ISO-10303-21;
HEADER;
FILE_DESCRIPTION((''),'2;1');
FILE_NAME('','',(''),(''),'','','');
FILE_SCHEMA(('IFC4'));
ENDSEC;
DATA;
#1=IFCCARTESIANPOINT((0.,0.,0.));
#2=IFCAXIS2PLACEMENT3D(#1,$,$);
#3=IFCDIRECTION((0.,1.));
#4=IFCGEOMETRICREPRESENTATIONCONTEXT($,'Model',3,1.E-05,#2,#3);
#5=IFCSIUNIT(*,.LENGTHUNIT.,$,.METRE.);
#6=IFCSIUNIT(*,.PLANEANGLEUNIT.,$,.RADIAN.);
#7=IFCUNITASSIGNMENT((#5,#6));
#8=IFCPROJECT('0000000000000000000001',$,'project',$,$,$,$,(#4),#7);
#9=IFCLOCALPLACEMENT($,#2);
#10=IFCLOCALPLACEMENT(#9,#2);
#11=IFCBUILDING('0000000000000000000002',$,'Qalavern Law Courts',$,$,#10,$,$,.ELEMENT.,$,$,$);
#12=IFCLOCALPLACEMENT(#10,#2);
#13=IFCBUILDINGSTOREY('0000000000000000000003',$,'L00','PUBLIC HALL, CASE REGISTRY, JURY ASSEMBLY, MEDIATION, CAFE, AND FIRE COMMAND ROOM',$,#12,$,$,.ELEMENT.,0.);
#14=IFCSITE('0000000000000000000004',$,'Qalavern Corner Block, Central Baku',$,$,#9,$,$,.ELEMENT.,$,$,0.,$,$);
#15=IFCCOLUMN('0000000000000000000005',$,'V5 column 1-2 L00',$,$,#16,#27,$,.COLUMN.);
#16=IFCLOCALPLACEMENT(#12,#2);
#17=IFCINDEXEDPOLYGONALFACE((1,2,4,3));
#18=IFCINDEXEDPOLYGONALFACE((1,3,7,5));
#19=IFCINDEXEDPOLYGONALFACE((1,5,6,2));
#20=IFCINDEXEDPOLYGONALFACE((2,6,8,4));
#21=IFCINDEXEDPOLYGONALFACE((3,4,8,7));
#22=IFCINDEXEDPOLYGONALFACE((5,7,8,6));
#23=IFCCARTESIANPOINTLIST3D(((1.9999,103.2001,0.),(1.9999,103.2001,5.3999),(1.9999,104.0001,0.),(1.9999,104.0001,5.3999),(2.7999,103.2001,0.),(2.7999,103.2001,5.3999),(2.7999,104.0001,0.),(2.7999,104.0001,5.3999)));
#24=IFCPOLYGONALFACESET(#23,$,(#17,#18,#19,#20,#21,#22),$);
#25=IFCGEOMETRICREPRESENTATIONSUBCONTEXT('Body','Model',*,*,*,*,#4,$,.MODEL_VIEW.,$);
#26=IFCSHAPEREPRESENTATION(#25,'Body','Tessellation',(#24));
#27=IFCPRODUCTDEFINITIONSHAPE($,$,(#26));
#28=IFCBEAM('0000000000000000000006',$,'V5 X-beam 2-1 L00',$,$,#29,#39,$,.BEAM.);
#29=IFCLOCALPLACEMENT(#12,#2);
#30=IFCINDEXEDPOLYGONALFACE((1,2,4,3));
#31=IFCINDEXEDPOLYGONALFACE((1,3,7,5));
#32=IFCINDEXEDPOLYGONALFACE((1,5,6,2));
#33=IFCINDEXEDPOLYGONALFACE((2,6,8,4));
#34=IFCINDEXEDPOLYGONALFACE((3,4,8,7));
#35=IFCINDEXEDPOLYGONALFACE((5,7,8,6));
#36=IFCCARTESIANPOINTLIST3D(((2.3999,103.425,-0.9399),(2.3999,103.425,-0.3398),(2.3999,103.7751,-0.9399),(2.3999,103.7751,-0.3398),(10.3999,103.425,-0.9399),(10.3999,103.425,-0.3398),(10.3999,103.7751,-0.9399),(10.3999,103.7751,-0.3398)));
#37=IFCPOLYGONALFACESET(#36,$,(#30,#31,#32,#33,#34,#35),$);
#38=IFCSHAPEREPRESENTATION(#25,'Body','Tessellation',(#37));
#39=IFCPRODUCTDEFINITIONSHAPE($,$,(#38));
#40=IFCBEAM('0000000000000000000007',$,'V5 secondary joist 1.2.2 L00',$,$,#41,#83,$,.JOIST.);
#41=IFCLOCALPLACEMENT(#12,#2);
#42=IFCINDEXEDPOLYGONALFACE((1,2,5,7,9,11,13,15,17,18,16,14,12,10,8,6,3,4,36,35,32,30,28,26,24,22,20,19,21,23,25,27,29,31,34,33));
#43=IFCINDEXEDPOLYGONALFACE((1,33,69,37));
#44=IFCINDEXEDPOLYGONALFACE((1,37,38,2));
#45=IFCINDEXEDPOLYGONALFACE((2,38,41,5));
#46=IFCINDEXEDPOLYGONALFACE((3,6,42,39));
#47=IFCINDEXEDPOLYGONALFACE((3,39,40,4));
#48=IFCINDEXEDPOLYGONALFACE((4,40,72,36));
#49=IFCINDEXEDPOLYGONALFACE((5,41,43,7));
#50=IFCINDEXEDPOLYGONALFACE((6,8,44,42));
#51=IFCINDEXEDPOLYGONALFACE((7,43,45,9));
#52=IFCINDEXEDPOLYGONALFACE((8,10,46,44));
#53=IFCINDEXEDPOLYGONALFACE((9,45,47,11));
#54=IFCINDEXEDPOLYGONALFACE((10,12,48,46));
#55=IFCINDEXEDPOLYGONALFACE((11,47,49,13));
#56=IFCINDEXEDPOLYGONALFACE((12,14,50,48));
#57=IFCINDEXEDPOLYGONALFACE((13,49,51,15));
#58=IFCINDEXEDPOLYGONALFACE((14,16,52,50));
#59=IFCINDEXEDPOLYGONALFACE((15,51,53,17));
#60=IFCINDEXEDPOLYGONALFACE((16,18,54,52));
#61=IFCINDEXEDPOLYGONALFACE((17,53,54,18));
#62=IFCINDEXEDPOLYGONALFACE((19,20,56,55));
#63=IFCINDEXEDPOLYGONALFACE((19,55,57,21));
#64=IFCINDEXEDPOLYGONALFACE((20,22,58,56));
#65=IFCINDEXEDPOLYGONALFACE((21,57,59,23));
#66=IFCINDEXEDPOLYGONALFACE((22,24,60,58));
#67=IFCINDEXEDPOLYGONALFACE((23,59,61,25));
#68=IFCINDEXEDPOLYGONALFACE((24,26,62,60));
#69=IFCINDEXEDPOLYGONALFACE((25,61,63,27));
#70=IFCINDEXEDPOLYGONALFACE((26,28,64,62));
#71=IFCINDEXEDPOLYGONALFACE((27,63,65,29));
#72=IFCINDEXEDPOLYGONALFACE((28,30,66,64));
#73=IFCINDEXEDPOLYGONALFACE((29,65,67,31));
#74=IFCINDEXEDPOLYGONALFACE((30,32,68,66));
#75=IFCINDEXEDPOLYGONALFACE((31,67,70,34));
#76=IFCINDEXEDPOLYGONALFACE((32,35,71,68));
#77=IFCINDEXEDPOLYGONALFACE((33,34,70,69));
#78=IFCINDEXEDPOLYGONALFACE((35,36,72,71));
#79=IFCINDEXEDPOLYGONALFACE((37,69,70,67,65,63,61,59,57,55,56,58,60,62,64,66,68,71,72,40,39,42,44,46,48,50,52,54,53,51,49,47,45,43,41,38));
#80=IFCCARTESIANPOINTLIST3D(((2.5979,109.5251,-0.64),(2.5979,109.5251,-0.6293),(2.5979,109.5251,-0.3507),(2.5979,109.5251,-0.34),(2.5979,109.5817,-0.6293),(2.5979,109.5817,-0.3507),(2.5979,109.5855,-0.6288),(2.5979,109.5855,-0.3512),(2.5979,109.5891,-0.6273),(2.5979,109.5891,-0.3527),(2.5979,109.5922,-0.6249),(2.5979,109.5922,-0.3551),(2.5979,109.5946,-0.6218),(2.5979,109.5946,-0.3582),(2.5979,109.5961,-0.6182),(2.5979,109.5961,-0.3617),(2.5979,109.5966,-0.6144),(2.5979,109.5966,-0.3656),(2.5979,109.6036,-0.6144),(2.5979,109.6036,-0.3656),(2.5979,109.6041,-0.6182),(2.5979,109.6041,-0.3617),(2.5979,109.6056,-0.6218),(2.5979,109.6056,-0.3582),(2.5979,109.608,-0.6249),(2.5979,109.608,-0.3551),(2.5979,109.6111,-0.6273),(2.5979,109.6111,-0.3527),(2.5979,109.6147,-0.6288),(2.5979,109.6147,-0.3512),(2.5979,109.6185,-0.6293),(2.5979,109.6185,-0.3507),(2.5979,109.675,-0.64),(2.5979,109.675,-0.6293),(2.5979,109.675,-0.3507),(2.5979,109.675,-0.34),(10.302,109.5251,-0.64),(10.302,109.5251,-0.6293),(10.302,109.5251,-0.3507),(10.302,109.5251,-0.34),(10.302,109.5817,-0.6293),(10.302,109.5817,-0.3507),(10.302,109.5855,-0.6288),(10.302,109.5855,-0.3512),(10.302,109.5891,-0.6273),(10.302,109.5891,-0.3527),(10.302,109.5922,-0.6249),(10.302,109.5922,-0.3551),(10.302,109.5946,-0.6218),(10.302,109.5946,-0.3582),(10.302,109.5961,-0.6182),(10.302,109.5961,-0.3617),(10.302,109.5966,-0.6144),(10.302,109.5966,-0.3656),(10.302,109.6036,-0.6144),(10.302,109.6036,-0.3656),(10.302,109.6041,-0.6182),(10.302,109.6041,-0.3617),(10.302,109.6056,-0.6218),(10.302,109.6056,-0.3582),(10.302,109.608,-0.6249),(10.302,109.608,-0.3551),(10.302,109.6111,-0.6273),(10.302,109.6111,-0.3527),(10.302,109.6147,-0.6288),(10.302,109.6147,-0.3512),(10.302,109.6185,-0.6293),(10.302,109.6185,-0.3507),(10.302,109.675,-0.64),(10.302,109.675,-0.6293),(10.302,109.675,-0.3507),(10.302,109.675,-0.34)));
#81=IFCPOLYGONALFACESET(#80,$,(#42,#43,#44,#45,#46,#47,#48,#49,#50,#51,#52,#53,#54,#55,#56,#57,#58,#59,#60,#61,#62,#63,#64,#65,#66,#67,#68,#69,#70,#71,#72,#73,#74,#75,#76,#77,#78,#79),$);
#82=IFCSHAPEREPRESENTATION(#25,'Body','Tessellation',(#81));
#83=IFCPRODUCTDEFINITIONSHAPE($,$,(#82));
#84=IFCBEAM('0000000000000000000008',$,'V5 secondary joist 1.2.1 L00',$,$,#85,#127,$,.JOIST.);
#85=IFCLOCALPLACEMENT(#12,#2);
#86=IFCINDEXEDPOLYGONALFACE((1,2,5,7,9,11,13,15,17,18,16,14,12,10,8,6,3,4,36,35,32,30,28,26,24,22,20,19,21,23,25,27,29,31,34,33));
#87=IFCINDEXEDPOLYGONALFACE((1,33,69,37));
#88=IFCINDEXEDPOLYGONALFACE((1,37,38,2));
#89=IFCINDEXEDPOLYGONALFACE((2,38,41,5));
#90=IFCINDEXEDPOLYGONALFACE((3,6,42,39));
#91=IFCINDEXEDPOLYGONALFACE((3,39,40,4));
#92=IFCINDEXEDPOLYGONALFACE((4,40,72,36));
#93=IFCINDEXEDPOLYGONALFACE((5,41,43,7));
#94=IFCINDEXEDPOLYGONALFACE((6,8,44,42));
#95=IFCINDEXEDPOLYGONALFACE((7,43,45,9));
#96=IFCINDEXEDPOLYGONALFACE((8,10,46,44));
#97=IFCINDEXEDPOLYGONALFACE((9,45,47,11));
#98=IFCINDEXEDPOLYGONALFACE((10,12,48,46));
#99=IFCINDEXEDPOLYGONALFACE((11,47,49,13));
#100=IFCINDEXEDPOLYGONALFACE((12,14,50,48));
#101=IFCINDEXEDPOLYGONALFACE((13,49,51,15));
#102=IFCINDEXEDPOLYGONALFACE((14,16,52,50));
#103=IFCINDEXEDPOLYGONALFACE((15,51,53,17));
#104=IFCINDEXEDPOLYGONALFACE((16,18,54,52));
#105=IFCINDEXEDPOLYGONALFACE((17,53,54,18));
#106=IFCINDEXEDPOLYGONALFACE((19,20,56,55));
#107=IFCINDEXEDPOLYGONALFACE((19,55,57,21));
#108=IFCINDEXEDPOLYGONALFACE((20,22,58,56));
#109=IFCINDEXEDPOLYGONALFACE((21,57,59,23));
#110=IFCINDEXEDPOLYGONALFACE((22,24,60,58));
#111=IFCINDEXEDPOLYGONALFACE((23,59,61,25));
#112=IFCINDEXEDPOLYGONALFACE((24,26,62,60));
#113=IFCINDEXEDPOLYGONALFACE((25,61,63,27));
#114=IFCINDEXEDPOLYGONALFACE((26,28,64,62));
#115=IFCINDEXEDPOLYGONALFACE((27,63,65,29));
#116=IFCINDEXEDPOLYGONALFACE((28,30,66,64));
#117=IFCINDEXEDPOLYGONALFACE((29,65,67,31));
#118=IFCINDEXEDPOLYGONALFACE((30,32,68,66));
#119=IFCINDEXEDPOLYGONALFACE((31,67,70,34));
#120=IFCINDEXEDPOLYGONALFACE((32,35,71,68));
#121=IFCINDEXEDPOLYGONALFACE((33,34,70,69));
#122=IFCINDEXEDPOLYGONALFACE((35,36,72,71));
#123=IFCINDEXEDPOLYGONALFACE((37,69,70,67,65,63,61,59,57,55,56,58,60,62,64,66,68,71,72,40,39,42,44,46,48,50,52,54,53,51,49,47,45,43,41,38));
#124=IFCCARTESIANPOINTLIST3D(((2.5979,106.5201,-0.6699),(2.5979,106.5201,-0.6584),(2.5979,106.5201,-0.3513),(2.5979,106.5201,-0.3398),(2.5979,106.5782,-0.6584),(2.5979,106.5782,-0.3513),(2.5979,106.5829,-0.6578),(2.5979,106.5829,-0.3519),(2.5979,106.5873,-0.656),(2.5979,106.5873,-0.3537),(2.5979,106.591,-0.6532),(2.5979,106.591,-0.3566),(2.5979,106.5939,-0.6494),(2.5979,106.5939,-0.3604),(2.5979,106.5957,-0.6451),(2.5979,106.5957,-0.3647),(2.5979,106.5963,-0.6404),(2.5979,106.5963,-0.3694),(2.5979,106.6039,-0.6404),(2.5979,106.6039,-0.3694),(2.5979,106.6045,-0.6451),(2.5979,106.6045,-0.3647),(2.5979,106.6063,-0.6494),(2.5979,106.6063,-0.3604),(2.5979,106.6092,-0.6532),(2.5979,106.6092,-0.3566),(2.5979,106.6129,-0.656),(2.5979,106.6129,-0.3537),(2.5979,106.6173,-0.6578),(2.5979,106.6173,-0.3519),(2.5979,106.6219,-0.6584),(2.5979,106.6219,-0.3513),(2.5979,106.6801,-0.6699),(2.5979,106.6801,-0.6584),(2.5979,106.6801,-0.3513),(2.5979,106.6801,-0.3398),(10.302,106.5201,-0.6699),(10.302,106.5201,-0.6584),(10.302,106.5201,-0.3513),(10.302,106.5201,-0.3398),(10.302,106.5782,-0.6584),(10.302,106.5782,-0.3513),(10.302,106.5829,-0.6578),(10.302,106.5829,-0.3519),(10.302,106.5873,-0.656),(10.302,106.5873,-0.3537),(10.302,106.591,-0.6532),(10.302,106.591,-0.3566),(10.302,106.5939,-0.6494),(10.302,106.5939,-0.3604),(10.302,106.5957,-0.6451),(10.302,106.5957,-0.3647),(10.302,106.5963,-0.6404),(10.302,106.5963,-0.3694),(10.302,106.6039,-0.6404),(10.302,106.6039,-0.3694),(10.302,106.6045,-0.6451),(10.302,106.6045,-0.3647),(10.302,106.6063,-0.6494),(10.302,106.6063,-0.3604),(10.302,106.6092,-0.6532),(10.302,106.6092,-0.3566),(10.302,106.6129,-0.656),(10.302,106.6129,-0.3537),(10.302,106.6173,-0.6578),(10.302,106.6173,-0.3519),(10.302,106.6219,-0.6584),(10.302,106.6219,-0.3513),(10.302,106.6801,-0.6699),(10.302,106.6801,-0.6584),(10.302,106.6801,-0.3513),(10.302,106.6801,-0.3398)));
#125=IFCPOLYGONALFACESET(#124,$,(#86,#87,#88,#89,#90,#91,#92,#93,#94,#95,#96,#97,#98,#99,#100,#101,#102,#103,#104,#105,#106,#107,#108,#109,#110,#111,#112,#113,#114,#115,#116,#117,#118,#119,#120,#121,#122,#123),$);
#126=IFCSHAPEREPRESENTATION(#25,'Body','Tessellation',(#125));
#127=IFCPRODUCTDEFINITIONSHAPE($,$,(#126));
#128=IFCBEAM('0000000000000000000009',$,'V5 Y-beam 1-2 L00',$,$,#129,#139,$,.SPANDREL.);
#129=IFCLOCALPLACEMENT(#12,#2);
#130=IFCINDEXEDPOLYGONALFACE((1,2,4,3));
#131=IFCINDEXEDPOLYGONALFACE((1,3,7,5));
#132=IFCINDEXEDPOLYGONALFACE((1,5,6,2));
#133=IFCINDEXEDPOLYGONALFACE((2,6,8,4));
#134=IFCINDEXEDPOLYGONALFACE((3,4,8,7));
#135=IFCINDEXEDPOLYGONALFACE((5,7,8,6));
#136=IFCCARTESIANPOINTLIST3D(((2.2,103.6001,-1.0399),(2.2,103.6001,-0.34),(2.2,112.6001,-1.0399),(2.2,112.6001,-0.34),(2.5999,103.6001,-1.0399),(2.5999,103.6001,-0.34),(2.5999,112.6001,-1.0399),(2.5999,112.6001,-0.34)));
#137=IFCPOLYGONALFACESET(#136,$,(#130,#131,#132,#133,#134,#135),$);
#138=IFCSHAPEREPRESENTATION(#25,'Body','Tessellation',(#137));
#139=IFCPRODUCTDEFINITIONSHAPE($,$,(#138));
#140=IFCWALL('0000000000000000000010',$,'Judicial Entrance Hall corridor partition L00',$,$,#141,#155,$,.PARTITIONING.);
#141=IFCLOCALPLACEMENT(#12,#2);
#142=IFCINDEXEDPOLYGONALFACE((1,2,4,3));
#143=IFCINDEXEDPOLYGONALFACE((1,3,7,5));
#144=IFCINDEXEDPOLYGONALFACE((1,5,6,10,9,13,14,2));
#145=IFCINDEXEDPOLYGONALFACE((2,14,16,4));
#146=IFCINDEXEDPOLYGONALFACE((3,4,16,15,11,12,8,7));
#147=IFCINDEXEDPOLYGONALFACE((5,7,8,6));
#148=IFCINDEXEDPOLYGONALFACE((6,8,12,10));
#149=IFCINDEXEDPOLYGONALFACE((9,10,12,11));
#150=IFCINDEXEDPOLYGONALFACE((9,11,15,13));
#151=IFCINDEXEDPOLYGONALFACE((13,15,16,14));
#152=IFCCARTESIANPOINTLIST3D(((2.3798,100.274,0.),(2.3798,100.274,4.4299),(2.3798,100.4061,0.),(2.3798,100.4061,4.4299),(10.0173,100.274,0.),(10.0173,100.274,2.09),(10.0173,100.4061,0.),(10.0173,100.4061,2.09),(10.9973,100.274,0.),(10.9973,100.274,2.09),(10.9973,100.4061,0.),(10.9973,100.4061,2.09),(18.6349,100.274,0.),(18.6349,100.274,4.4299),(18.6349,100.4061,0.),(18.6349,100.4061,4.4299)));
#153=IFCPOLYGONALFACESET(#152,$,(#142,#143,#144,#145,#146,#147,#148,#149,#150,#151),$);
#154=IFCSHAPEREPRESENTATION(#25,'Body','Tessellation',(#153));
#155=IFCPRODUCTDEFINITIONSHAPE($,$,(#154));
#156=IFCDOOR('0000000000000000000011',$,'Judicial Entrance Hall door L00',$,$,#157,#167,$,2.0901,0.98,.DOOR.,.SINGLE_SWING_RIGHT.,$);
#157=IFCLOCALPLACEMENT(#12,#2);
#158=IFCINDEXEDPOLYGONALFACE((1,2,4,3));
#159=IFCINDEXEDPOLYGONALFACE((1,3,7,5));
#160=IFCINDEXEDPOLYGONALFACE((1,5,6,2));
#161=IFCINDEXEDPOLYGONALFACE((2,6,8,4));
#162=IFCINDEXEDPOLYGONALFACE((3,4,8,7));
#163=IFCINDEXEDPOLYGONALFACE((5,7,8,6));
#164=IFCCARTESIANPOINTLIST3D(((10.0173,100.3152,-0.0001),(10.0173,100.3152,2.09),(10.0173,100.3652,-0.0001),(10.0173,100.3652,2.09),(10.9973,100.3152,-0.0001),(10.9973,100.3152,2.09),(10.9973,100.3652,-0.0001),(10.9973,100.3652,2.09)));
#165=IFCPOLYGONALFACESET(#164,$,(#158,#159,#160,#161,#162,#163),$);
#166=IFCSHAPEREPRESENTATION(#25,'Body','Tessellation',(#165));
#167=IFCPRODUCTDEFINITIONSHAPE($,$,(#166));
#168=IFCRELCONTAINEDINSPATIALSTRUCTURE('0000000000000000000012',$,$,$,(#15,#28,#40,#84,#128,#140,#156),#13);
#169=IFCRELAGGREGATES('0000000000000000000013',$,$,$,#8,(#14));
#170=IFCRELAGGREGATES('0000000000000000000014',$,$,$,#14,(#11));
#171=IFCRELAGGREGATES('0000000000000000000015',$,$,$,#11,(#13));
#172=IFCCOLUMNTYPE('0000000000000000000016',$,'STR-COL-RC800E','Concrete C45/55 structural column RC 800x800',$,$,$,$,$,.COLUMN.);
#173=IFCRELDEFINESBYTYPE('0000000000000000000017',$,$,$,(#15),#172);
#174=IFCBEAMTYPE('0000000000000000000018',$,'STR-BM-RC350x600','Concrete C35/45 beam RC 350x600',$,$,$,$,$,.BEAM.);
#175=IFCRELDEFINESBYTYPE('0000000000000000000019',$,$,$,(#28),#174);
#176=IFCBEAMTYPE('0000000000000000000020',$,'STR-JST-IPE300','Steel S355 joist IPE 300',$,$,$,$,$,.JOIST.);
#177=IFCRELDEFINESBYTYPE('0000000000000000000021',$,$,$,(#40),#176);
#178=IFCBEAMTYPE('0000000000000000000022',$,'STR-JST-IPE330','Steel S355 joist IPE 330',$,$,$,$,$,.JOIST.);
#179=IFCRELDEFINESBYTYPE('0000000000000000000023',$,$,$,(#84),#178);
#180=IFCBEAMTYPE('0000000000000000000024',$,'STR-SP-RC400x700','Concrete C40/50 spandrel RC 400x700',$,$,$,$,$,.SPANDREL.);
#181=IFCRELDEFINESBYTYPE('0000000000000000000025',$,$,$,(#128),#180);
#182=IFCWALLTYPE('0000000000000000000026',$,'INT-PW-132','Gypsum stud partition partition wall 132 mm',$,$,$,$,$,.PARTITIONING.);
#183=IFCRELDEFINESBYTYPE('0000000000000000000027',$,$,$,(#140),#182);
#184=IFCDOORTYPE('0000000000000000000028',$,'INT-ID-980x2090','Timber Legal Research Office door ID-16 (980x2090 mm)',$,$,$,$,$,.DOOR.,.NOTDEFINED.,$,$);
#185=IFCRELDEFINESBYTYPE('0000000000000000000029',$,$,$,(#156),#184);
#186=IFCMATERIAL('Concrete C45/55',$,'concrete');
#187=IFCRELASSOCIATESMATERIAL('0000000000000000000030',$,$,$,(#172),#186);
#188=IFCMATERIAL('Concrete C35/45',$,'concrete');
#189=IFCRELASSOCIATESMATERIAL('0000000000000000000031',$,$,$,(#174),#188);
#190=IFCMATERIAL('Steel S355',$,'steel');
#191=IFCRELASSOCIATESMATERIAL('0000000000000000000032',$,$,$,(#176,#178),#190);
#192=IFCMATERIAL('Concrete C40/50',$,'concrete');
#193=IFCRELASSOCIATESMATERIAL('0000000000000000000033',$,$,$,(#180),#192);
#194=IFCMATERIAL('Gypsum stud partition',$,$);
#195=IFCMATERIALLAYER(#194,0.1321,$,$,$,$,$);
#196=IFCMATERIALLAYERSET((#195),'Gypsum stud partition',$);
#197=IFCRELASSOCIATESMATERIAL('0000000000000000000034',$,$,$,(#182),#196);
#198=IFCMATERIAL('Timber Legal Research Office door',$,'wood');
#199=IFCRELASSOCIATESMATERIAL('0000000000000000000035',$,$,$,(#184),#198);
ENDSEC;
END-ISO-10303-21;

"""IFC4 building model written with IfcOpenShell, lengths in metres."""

from ifc_helpers import new_model, si_unit, direction, frame, frame_2d, origin, origin_2d, place, context, subcontext, project, spatial, rectangle, i_section, extrude, material, layer, layer_set, material_profile, profile_set, type_object, element, fill, save


model = new_model("IFC4")

# Units and contexts
model_context = context("Model", 3, precision=1e-05, world=origin(), true_north=direction((0.0, 1.0)))
body_context = subcontext(model_context, "Body", "Model", "MODEL_VIEW")
ifc_project = project(units=[si_unit("LENGTHUNIT", "METRE"), si_unit("PLANEANGLEUNIT", "RADIAN")], contexts=[model_context])

# Site, building, storey
site_placement = place(None, origin())
site = spatial("IfcSite", under=ifc_project, at=site_placement, Name="Qalavern Corner Block, Central Baku", CompositionType="ELEMENT", RefElevation=0.0)
building_placement = place(site_placement, origin())
building = spatial("IfcBuilding", under=site, at=building_placement, Name="Qalavern Law Courts", CompositionType="ELEMENT")
storey_placement = place(building_placement, origin())
storey = spatial("IfcBuildingStorey", under=building, at=storey_placement, Name="L00", Description="PUBLIC HALL, CASE REGISTRY, JURY ASSEMBLY, MEDIATION, CAFE, AND FIRE COMMAND ROOM", CompositionType="ELEMENT", Elevation=0.0)

# Column
ifc_material_1 = material(Name="Concrete C45/55", Category="concrete")
ifc_material_profile_1 = material_profile(ifc_material_1, rectangle(XDim=0.8, YDim=0.8, at=origin_2d()), Name="RC 800x800")
ifc_profile_set_1 = profile_set([ifc_material_profile_1], Name="Concrete C45/55")
column_type = type_object("IfcColumnType", Name="STR-COL-RC800E", Description="Concrete C45/55 structural column RC 800x800", PredefinedType="COLUMN", material=ifc_profile_set_1)
column_placement = place(storey_placement, frame((2.3999, 103.6001, 0.0), z_axis=(0.0, 0.0, 1.0), x_axis=(1.0, 0.0, 0.0)))
element("IfcColumn", 1, at=column_placement, inside=storey, type_object=column_type, Name="V5 column 1-2 L00", PredefinedType="COLUMN", context=body_context, shape_type="SweptSolid", body=[
    extrude(rectangle(XDim=0.8, YDim=0.8, at=origin_2d()), origin(), (0.0, 0.0, 1.0), 5.3999),
])

# Beams
ifc_material_2 = material(Name="Concrete C35/45", Category="concrete")
ifc_material_profile_2 = material_profile(ifc_material_2, rectangle(XDim=0.3501, YDim=0.6001, at=origin_2d()), Name="RC 350x600")
ifc_profile_set_2 = profile_set([ifc_material_profile_2], Name="Concrete C35/45")
beam_type_1 = type_object("IfcBeamType", Name="STR-BM-RC350x600", Description="Concrete C35/45 beam RC 350x600", PredefinedType="BEAM", material=ifc_profile_set_2)
beam_1_placement = place(storey_placement, frame((2.3999, 103.6001, -0.6399), z_axis=(1.0, 0.0, 0.0), x_axis=(0.0, 1.0, 0.0)))
element("IfcBeam", 2, at=beam_1_placement, inside=storey, type_object=beam_type_1, Name="V5 X-beam 2-1 L00", PredefinedType="BEAM", context=body_context, shape_type="SweptSolid", body=[
    extrude(rectangle(XDim=0.3501, YDim=0.6001, at=origin_2d()), origin(), (0.0, 0.0, 1.0), 8.0),
])
ifc_material_3 = material(Name="Steel S355", Category="steel")
ifc_material_profile_3 = material_profile(ifc_material_3, i_section(OverallWidth=0.1499, OverallDepth=0.3, WebThickness=0.0071, FlangeThickness=0.0107, FilletRadius=0.0149, at=origin_2d()), Name="IPE 300")
ifc_profile_set_3 = profile_set([ifc_material_profile_3], Name="Steel S355")
beam_type_2 = type_object("IfcBeamType", Name="STR-JST-IPE300", Description="Steel S355 joist IPE 300", PredefinedType="JOIST", material=ifc_profile_set_3)
beam_2_placement = place(storey_placement, frame((2.5979, 109.6001, -0.49), z_axis=(1.0, 0.0, 0.0), x_axis=(0.0, 1.0, 0.0)))
element("IfcBeam", 3, at=beam_2_placement, inside=storey, type_object=beam_type_2, Name="V5 secondary joist 1.2.2 L00", PredefinedType="JOIST", context=body_context, shape_type="SweptSolid", body=[
    extrude(i_section(OverallWidth=0.1499, OverallDepth=0.3, WebThickness=0.0071, FlangeThickness=0.0107, FilletRadius=0.0149, at=origin_2d()), origin(), (0.0, 0.0, 1.0), 7.7041),
])
ifc_material_profile_4 = material_profile(ifc_material_3, i_section(OverallWidth=0.1599, OverallDepth=0.3301, WebThickness=0.0076, FlangeThickness=0.0115, FilletRadius=0.0181, at=origin_2d()), Name="IPE 330")
ifc_profile_set_4 = profile_set([ifc_material_profile_4], Name="Steel S355")
beam_type_3 = type_object("IfcBeamType", Name="STR-JST-IPE330", Description="Steel S355 joist IPE 330", PredefinedType="JOIST", material=ifc_profile_set_4)
beam_3_placement = place(storey_placement, frame((2.5979, 106.6001, -0.5049), z_axis=(1.0, 0.0, 0.0), x_axis=(0.0, 1.0, 0.0)))
element("IfcBeam", 4, at=beam_3_placement, inside=storey, type_object=beam_type_3, Name="V5 secondary joist 1.2.1 L00", PredefinedType="JOIST", context=body_context, shape_type="SweptSolid", body=[
    extrude(i_section(OverallWidth=0.1599, OverallDepth=0.3301, WebThickness=0.0076, FlangeThickness=0.0115, FilletRadius=0.0181, at=origin_2d()), origin(), (0.0, 0.0, 1.0), 7.7041),
])
ifc_material_4 = material(Name="Concrete C40/50", Category="concrete")
ifc_material_profile_5 = material_profile(ifc_material_4, rectangle(XDim=0.3999, YDim=0.7, at=origin_2d()), Name="RC 400x700")
ifc_profile_set_5 = profile_set([ifc_material_profile_5], Name="Concrete C40/50")
beam_type_4 = type_object("IfcBeamType", Name="STR-SP-RC400x700", Description="Concrete C40/50 spandrel RC 400x700", PredefinedType="SPANDREL", material=ifc_profile_set_5)
beam_4_placement = place(storey_placement, frame((2.3999, 103.6001, -0.6899), z_axis=(0.0, 1.0, 0.0), x_axis=(-1.0, 0.0, 0.0)))
element("IfcBeam", 5, at=beam_4_placement, inside=storey, type_object=beam_type_4, Name="V5 Y-beam 1-2 L00", PredefinedType="SPANDREL", context=body_context, shape_type="SweptSolid", body=[
    extrude(rectangle(XDim=0.3999, YDim=0.7, at=origin_2d()), origin(), (0.0, 0.0, 1.0), 9.0),
])

# Wall, opening, door
ifc_material_5 = material(Name="Gypsum stud partition")
ifc_layer_1 = layer(ifc_material_5, 0.1321)
ifc_layer_set_1 = layer_set([ifc_layer_1], Name="Gypsum stud partition")
wall_type = type_object("IfcWallType", Name="INT-PW-132", Description="Gypsum stud partition partition wall 132 mm", PredefinedType="PARTITIONING", material=ifc_layer_set_1)
wall_1_placement = place(storey_placement, frame((2.3799, 100.3401, 0.0), z_axis=(0.0, 0.0, 1.0), x_axis=(1.0, 0.0, 0.0)))
wall_1 = element("IfcWall", 6, at=wall_1_placement, inside=storey, type_object=wall_type, Name="Judicial Entrance Hall corridor partition L00", PredefinedType="PARTITIONING", context=body_context, shape_type="SweptSolid", body=[
    extrude(rectangle(XDim=16.2551, YDim=0.1321, at=frame_2d((8.1274, 0.0))), origin(), (0.0, 0.0, 1.0), 4.4299),
])
opening_1_placement = place(wall_1_placement, frame((7.6375, 0.0, 0.0)))
opening_1 = element("IfcOpeningElement", 7, at=opening_1_placement, cuts=wall_1, PredefinedType="OPENING", context=body_context, shape_type="SweptSolid", body=[
    extrude(rectangle(XDim=0.98, YDim=2.0901, at=frame_2d((0.49, 1.0449))), frame((0.0, 0.0811, 0.0), z_axis=(0.0, -1.0, 0.0), x_axis=(1.0, 0.0, 0.0)), (0.0, 0.0, 1.0), 0.1619),
])
ifc_material_6 = material(Name="Timber Legal Research Office door", Category="wood")
door_type_1 = type_object("IfcDoorType", Name="INT-ID-980x2090", Description="Timber Legal Research Office door ID-16 (980x2090 mm)", OperationType="NOTDEFINED", PredefinedType="DOOR", material=ifc_material_6)
door_1_placement = place(opening_1_placement, frame((0.98, 0.0, 0.0), z_axis=(0.0, 0.0, 1.0), x_axis=(-1.0, 0.0, 0.0)))
door_1 = element("IfcDoor", 8, at=door_1_placement, inside=storey, type_object=door_type_1, Name="Judicial Entrance Hall door L00", OperationType="SINGLE_SWING_RIGHT", OverallHeight=2.0901, OverallWidth=0.98, PredefinedType="DOOR", context=body_context, shape_type="SweptSolid", body=[
    extrude(rectangle(XDim=0.98, YDim=2.0901, at=frame_2d((0.49, 1.0449))), frame((0.0, 0.0249, 0.0), z_axis=(0.0, -1.0, 0.0), x_axis=(1.0, 0.0, 0.0)), (0.0, 0.0, 1.0), 0.05),
])
fill(opening_1, door_1)

save(model, "model.ifc")
